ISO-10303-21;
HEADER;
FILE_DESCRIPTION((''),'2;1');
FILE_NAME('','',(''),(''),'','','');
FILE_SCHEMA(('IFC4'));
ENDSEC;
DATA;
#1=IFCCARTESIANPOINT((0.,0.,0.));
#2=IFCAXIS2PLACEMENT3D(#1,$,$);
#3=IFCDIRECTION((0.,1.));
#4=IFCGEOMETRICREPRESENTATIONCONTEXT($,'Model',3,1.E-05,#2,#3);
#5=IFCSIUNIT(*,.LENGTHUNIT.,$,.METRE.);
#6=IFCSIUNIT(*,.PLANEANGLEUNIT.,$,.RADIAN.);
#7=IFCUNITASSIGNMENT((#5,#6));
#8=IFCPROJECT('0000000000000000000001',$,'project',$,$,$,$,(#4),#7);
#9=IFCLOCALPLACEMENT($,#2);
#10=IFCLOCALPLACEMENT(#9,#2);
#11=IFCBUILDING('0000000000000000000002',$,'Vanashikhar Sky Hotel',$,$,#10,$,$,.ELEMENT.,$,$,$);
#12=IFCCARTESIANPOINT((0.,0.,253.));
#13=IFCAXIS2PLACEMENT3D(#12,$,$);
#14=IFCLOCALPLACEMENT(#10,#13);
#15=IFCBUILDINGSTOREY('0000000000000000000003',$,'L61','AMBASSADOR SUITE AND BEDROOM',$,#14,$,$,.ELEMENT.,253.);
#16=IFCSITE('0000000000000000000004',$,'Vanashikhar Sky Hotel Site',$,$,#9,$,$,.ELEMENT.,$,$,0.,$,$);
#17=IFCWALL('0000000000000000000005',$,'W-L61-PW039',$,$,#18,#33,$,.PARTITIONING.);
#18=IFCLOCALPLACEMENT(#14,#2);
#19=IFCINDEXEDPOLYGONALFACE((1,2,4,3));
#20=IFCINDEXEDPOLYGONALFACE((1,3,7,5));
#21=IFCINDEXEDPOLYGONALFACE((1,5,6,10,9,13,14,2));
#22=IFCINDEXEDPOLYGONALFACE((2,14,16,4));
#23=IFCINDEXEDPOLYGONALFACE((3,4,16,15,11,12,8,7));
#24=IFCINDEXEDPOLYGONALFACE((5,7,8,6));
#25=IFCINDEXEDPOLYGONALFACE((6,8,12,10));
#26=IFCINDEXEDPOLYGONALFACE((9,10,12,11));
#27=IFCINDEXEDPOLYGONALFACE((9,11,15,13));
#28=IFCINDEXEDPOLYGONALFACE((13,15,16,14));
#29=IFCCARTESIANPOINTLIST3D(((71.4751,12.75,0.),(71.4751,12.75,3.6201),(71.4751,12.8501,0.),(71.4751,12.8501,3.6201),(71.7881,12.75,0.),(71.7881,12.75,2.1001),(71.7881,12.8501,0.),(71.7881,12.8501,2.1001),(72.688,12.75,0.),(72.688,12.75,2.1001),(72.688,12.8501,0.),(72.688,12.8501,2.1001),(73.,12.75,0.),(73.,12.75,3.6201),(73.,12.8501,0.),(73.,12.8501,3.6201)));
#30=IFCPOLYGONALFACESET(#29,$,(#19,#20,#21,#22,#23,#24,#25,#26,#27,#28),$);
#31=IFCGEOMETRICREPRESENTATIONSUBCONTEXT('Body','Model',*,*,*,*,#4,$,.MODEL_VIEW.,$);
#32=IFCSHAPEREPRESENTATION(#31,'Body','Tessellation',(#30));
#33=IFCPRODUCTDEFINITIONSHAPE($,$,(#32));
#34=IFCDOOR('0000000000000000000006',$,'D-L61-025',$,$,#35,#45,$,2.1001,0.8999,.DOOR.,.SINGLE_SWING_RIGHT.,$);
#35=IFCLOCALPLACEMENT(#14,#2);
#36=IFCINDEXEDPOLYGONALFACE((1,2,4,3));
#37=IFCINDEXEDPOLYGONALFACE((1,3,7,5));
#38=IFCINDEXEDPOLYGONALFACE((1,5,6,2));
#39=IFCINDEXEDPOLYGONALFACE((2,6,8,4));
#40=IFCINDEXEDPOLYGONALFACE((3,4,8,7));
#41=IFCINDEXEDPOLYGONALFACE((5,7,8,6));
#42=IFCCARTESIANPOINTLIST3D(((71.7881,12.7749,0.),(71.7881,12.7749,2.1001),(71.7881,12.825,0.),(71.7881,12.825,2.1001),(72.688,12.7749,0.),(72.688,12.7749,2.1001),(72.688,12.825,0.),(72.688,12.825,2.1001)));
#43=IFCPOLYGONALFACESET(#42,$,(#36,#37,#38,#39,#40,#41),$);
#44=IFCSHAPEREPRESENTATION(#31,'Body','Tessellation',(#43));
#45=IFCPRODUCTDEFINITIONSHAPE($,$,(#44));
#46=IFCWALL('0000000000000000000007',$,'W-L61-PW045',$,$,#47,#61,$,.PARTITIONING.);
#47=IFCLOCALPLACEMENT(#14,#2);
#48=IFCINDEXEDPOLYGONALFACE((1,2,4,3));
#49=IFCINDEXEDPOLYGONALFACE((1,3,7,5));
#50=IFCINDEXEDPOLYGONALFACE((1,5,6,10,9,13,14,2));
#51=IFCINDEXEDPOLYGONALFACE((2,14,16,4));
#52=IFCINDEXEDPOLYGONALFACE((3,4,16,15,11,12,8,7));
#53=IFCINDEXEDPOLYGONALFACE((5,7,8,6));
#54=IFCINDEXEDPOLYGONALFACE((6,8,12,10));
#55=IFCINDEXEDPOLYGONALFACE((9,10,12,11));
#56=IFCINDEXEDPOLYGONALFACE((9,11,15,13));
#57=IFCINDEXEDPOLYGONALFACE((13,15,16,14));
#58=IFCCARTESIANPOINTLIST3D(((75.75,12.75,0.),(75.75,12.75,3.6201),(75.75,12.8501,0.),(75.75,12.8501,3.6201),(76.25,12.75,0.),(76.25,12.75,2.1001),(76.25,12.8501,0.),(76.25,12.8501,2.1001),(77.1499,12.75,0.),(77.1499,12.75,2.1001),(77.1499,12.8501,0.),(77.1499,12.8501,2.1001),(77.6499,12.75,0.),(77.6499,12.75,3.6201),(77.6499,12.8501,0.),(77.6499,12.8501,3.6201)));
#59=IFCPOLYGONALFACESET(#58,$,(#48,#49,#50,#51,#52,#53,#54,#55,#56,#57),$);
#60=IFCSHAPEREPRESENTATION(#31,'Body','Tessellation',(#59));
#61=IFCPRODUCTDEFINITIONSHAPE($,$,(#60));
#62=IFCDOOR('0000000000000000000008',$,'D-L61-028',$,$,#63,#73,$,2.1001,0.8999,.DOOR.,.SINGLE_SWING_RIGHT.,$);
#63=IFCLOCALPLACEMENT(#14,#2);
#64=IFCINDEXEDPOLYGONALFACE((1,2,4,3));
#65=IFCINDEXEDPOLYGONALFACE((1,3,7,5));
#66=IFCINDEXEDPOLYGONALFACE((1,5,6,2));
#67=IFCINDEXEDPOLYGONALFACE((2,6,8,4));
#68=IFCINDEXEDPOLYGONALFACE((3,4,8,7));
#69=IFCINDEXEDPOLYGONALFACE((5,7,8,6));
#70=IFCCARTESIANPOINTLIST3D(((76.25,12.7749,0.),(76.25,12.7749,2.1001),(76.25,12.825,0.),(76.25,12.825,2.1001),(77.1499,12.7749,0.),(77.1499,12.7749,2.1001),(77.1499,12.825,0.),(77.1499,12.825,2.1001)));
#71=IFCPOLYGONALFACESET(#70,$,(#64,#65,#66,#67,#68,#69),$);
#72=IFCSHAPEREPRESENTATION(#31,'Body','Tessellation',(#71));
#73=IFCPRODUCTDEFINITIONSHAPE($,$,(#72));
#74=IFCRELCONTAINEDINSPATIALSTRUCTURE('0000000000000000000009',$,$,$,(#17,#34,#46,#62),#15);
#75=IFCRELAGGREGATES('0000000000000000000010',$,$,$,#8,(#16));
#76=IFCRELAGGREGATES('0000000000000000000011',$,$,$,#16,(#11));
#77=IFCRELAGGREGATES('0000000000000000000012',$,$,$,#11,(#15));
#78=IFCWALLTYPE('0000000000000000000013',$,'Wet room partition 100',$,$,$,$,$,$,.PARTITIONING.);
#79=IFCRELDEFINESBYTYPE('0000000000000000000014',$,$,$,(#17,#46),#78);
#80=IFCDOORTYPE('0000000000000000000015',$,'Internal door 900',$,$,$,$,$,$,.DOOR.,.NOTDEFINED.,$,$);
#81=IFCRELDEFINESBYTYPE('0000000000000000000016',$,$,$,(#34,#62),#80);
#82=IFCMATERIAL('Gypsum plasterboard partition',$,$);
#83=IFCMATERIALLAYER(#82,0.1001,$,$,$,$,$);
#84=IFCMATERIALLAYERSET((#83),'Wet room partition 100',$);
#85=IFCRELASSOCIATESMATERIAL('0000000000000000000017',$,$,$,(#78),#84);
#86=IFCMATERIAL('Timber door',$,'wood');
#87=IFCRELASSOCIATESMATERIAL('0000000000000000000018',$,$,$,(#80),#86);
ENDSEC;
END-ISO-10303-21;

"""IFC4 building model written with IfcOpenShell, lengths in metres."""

from ifc_helpers import new_model, si_unit, direction, frame, frame_2d, origin, place, context, subcontext, project, spatial, rectangle, extrude, source, transform, mapped, material, layer, layer_set, type_object, element, fill, save


model = new_model("IFC4")

# Units and contexts
model_context = context("Model", 3, precision=1e-05, world=origin(), true_north=direction((0.0, 1.0)))
body_context = subcontext(model_context, "Body", "Model", "MODEL_VIEW")
ifc_project = project(units=[si_unit("LENGTHUNIT", "METRE"), si_unit("PLANEANGLEUNIT", "RADIAN")], contexts=[model_context])

# Site, building, storey
site_placement = place(None, origin())
site = spatial("IfcSite", under=ifc_project, at=site_placement, Name="Vanashikhar Sky Hotel Site", CompositionType="ELEMENT", RefElevation=0.0)
building_placement = place(site_placement, origin())
building = spatial("IfcBuilding", under=site, at=building_placement, Name="Vanashikhar Sky Hotel", CompositionType="ELEMENT")
storey_placement = place(building_placement, frame((0.0, 0.0, 253.0)))
storey = spatial("IfcBuildingStorey", under=building, at=storey_placement, Name="L61", Description="AMBASSADOR SUITE AND BEDROOM", CompositionType="ELEMENT", Elevation=253.0)

# Shared definitions
ifc_material_1 = material(Name="Gypsum plasterboard partition")

# Shared definitions
ifc_layer_1 = layer(ifc_material_1, 0.1001)
ifc_layer_set_1 = layer_set([ifc_layer_1], Name="Wet room partition 100")
wall_type_1 = type_object("IfcWallType", Name="Wet room partition 100", PredefinedType="PARTITIONING", material=ifc_layer_set_1)

# Walls, openings, doors
shared_shape_1 = source(origin(), body_context, "Body", "SweptSolid", [
    extrude(rectangle(XDim=1.5249, YDim=0.1001, at=frame_2d((0.7625, 0.0))), origin(), (0.0, 0.0, 1.0), 3.6201),
])
shared_shape_2 = source(origin(), body_context, "Body", "SweptSolid", [
    extrude(rectangle(XDim=0.8999, YDim=2.1001, at=frame_2d((0.45, 1.05))), frame((0.0, 0.0601, 0.0), z_axis=(0.0, -1.0, 0.0), x_axis=(1.0, 0.0, 0.0)), (0.0, 0.0, 1.0), 0.1201),
])
ifc_material_2 = material(Name="Timber door", Category="wood")
door_type_1 = type_object("IfcDoorType", Name="Internal door 900", OperationType="NOTDEFINED", PredefinedType="DOOR", material=ifc_material_2)
shared_shape_3 = source(origin(), body_context, "Body", "SweptSolid", [
    extrude(rectangle(XDim=0.8999, YDim=2.1001, at=frame_2d((0.45, 1.05))), frame((0.0, 0.0249, 0.0), z_axis=(0.0, -1.0, 0.0), x_axis=(1.0, 0.0, 0.0)), (0.0, 0.0, 1.0), 0.05),
])
wall_1_placement = place(storey_placement, frame((71.4751, 12.8, 0.0), z_axis=(0.0, 0.0, 1.0), x_axis=(1.0, 0.0, 0.0)))
wall_1 = element("IfcWall", 1, at=wall_1_placement, inside=storey, type_object=wall_type_1, Name="W-L61-PW039", PredefinedType="PARTITIONING", context=body_context, shape_type="MappedRepresentation", body=[
    mapped(shared_shape_1, transform((0.0, 0.0, 0.0), scale=1.0)),
])
opening_1_placement = place(wall_1_placement, frame((0.313, 0.0, 0.0)))
opening_1 = element("IfcOpeningElement", 2, at=opening_1_placement, cuts=wall_1, PredefinedType="OPENING", context=body_context, shape_type="MappedRepresentation", body=[
    mapped(shared_shape_2, transform((0.0, 0.0, 0.0), scale=1.0)),
])
door_1_placement = place(opening_1_placement, origin())
door_1 = element("IfcDoor", 3, at=door_1_placement, inside=storey, type_object=door_type_1, Name="D-L61-025", OperationType="SINGLE_SWING_RIGHT", OverallHeight=2.1001, OverallWidth=0.8999, PredefinedType="DOOR", context=body_context, shape_type="MappedRepresentation", body=[
    mapped(shared_shape_3, transform((0.0, 0.0, 0.0), scale=1.0)),
])
fill(opening_1, door_1)
shared_shape_4 = source(origin(), body_context, "Body", "SweptSolid", [
    extrude(rectangle(XDim=1.8999, YDim=0.1001, at=frame_2d((0.95, 0.0))), origin(), (0.0, 0.0, 1.0), 3.6201),
])
wall_2_placement = place(storey_placement, frame((75.75, 12.8, 0.0), z_axis=(0.0, 0.0, 1.0), x_axis=(1.0, 0.0, 0.0)))
wall_2 = element("IfcWall", 4, at=wall_2_placement, inside=storey, type_object=wall_type_1, Name="W-L61-PW045", PredefinedType="PARTITIONING", context=body_context, shape_type="MappedRepresentation", body=[
    mapped(shared_shape_4, transform((0.0, 0.0, 0.0), scale=1.0)),
])
opening_2_placement = place(wall_2_placement, frame((0.5, 0.0, 0.0)))
opening_2 = element("IfcOpeningElement", 5, at=opening_2_placement, cuts=wall_2, PredefinedType="OPENING", context=body_context, shape_type="MappedRepresentation", body=[
    mapped(shared_shape_2, transform((0.0, 0.0, 0.0), scale=1.0)),
])
door_2_placement = place(opening_2_placement, origin())
door_2 = element("IfcDoor", 6, at=door_2_placement, inside=storey, type_object=door_type_1, Name="D-L61-028", OperationType="SINGLE_SWING_RIGHT", OverallHeight=2.1001, OverallWidth=0.8999, PredefinedType="DOOR", context=body_context, shape_type="MappedRepresentation", body=[
    mapped(shared_shape_3, transform((0.0, 0.0, 0.0), scale=1.0)),
])
fill(opening_2, door_2)

save(model, "model.ifc")
